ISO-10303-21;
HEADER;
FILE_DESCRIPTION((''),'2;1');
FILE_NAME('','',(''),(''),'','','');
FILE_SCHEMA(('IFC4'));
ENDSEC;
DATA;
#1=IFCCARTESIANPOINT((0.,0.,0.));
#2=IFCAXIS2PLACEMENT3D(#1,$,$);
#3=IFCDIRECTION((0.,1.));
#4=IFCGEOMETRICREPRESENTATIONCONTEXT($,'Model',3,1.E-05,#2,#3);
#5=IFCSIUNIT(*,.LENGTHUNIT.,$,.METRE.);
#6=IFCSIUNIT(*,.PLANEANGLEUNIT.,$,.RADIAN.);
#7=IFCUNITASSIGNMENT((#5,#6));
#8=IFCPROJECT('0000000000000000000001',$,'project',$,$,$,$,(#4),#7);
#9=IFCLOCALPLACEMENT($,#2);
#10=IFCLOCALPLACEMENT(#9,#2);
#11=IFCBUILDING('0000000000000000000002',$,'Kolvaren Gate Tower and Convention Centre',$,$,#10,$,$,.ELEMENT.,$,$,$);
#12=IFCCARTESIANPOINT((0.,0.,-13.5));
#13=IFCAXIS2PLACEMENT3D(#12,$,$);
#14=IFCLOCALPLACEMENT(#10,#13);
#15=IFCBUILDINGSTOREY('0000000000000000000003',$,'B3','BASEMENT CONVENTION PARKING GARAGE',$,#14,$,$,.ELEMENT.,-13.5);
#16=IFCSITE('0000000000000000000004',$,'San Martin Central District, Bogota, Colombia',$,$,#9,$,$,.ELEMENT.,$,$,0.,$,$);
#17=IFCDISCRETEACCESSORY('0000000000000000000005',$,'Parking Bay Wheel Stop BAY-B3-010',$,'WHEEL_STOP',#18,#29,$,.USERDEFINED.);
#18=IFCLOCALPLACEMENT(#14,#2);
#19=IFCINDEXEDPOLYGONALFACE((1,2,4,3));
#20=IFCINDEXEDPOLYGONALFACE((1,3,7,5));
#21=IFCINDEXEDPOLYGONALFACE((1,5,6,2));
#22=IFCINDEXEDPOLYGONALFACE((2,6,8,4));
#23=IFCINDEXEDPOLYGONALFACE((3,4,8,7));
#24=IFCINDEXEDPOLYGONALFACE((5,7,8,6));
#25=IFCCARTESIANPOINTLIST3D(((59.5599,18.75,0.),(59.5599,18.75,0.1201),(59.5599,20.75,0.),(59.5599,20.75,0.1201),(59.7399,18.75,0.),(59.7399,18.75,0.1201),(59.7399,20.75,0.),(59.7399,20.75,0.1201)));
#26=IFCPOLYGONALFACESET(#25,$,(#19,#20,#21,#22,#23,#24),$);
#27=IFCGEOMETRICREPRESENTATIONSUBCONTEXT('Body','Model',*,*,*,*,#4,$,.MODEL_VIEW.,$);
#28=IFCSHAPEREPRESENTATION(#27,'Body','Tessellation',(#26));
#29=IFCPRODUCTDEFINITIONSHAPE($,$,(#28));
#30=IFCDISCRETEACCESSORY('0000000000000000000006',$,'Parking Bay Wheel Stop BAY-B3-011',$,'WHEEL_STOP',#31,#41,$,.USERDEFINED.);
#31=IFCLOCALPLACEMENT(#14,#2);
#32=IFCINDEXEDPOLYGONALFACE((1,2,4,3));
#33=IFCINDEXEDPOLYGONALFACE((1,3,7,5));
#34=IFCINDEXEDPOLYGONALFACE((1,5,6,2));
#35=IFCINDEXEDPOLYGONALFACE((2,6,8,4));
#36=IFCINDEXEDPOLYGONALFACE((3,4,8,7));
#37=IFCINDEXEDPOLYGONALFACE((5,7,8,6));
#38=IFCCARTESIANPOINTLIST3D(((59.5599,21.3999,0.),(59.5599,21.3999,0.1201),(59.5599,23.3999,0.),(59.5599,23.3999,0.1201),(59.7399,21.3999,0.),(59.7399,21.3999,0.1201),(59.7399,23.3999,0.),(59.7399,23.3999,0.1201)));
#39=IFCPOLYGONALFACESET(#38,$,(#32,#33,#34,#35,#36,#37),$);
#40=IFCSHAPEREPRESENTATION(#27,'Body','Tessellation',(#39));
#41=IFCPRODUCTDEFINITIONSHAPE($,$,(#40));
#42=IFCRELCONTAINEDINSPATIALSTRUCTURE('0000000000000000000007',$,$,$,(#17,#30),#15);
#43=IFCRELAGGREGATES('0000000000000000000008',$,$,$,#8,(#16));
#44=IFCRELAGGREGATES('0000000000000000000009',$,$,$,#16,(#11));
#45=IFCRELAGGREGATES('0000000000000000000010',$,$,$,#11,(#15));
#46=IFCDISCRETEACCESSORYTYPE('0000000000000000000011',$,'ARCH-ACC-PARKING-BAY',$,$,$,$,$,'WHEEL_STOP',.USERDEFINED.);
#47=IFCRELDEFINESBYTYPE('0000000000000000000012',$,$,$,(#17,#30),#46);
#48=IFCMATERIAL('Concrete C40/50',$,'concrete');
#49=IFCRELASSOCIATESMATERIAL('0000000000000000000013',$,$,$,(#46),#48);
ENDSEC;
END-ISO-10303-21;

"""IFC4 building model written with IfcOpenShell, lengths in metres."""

from ifc_helpers import new_model, si_unit, direction, frame, origin, origin_2d, place, context, subcontext, project, spatial, rectangle, extrude, material, type_object, element, save


model = new_model("IFC4")

# Units and contexts
model_context = context("Model", 3, precision=1e-05, world=origin(), true_north=direction((0.0, 1.0)))
body_context = subcontext(model_context, "Body", "Model", "MODEL_VIEW")
ifc_project = project(units=[si_unit("LENGTHUNIT", "METRE"), si_unit("PLANEANGLEUNIT", "RADIAN")], contexts=[model_context])

# Site, building, storey
site_placement = place(None, origin())
site = spatial("IfcSite", under=ifc_project, at=site_placement, Name="San Martin Central District, Bogota, Colombia", CompositionType="ELEMENT", RefElevation=0.0)
building_placement = place(site_placement, origin())
building = spatial("IfcBuilding", under=site, at=building_placement, Name="Kolvaren Gate Tower and Convention Centre", CompositionType="ELEMENT")
storey_placement = place(building_placement, frame((0.0, 0.0, -13.5)))
storey = spatial("IfcBuildingStorey", under=building, at=storey_placement, Name="B3", Description="BASEMENT CONVENTION PARKING GARAGE", CompositionType="ELEMENT", Elevation=-13.5)

# Discrete accessories
ifc_material_1 = material(Name="Concrete C40/50", Category="concrete")
discrete_accessory_type = type_object("IfcDiscreteAccessoryType", Name="ARCH-ACC-PARKING-BAY", ElementType="WHEEL_STOP", PredefinedType="USERDEFINED", material=ifc_material_1)
for number, where, z_axis, x_axis, name in (
    (1, (59.6499, 19.75, 0.0), (0.0, 0.0, 1.0), (0.0, 1.0, 0.0), "Parking Bay Wheel Stop BAY-B3-010"),
    (2, (59.6499, 22.3999, 0.0), (0.0, 0.0, 1.0), (0.0, 1.0, 0.0), "Parking Bay Wheel Stop BAY-B3-011"),
):
    element("IfcDiscreteAccessory", number, at=place(storey_placement, frame(where, z_axis=z_axis, x_axis=x_axis)), inside=storey, type_object=discrete_accessory_type, Name=name, ObjectType="WHEEL_STOP", PredefinedType="USERDEFINED", context=body_context, shape_type="SweptSolid", body=[
        extrude(rectangle(XDim=2.0, YDim=0.1799, at=origin_2d()), origin(), (0.0, 0.0, 1.0), 0.1201),
    ])

save(model, "model.ifc")
